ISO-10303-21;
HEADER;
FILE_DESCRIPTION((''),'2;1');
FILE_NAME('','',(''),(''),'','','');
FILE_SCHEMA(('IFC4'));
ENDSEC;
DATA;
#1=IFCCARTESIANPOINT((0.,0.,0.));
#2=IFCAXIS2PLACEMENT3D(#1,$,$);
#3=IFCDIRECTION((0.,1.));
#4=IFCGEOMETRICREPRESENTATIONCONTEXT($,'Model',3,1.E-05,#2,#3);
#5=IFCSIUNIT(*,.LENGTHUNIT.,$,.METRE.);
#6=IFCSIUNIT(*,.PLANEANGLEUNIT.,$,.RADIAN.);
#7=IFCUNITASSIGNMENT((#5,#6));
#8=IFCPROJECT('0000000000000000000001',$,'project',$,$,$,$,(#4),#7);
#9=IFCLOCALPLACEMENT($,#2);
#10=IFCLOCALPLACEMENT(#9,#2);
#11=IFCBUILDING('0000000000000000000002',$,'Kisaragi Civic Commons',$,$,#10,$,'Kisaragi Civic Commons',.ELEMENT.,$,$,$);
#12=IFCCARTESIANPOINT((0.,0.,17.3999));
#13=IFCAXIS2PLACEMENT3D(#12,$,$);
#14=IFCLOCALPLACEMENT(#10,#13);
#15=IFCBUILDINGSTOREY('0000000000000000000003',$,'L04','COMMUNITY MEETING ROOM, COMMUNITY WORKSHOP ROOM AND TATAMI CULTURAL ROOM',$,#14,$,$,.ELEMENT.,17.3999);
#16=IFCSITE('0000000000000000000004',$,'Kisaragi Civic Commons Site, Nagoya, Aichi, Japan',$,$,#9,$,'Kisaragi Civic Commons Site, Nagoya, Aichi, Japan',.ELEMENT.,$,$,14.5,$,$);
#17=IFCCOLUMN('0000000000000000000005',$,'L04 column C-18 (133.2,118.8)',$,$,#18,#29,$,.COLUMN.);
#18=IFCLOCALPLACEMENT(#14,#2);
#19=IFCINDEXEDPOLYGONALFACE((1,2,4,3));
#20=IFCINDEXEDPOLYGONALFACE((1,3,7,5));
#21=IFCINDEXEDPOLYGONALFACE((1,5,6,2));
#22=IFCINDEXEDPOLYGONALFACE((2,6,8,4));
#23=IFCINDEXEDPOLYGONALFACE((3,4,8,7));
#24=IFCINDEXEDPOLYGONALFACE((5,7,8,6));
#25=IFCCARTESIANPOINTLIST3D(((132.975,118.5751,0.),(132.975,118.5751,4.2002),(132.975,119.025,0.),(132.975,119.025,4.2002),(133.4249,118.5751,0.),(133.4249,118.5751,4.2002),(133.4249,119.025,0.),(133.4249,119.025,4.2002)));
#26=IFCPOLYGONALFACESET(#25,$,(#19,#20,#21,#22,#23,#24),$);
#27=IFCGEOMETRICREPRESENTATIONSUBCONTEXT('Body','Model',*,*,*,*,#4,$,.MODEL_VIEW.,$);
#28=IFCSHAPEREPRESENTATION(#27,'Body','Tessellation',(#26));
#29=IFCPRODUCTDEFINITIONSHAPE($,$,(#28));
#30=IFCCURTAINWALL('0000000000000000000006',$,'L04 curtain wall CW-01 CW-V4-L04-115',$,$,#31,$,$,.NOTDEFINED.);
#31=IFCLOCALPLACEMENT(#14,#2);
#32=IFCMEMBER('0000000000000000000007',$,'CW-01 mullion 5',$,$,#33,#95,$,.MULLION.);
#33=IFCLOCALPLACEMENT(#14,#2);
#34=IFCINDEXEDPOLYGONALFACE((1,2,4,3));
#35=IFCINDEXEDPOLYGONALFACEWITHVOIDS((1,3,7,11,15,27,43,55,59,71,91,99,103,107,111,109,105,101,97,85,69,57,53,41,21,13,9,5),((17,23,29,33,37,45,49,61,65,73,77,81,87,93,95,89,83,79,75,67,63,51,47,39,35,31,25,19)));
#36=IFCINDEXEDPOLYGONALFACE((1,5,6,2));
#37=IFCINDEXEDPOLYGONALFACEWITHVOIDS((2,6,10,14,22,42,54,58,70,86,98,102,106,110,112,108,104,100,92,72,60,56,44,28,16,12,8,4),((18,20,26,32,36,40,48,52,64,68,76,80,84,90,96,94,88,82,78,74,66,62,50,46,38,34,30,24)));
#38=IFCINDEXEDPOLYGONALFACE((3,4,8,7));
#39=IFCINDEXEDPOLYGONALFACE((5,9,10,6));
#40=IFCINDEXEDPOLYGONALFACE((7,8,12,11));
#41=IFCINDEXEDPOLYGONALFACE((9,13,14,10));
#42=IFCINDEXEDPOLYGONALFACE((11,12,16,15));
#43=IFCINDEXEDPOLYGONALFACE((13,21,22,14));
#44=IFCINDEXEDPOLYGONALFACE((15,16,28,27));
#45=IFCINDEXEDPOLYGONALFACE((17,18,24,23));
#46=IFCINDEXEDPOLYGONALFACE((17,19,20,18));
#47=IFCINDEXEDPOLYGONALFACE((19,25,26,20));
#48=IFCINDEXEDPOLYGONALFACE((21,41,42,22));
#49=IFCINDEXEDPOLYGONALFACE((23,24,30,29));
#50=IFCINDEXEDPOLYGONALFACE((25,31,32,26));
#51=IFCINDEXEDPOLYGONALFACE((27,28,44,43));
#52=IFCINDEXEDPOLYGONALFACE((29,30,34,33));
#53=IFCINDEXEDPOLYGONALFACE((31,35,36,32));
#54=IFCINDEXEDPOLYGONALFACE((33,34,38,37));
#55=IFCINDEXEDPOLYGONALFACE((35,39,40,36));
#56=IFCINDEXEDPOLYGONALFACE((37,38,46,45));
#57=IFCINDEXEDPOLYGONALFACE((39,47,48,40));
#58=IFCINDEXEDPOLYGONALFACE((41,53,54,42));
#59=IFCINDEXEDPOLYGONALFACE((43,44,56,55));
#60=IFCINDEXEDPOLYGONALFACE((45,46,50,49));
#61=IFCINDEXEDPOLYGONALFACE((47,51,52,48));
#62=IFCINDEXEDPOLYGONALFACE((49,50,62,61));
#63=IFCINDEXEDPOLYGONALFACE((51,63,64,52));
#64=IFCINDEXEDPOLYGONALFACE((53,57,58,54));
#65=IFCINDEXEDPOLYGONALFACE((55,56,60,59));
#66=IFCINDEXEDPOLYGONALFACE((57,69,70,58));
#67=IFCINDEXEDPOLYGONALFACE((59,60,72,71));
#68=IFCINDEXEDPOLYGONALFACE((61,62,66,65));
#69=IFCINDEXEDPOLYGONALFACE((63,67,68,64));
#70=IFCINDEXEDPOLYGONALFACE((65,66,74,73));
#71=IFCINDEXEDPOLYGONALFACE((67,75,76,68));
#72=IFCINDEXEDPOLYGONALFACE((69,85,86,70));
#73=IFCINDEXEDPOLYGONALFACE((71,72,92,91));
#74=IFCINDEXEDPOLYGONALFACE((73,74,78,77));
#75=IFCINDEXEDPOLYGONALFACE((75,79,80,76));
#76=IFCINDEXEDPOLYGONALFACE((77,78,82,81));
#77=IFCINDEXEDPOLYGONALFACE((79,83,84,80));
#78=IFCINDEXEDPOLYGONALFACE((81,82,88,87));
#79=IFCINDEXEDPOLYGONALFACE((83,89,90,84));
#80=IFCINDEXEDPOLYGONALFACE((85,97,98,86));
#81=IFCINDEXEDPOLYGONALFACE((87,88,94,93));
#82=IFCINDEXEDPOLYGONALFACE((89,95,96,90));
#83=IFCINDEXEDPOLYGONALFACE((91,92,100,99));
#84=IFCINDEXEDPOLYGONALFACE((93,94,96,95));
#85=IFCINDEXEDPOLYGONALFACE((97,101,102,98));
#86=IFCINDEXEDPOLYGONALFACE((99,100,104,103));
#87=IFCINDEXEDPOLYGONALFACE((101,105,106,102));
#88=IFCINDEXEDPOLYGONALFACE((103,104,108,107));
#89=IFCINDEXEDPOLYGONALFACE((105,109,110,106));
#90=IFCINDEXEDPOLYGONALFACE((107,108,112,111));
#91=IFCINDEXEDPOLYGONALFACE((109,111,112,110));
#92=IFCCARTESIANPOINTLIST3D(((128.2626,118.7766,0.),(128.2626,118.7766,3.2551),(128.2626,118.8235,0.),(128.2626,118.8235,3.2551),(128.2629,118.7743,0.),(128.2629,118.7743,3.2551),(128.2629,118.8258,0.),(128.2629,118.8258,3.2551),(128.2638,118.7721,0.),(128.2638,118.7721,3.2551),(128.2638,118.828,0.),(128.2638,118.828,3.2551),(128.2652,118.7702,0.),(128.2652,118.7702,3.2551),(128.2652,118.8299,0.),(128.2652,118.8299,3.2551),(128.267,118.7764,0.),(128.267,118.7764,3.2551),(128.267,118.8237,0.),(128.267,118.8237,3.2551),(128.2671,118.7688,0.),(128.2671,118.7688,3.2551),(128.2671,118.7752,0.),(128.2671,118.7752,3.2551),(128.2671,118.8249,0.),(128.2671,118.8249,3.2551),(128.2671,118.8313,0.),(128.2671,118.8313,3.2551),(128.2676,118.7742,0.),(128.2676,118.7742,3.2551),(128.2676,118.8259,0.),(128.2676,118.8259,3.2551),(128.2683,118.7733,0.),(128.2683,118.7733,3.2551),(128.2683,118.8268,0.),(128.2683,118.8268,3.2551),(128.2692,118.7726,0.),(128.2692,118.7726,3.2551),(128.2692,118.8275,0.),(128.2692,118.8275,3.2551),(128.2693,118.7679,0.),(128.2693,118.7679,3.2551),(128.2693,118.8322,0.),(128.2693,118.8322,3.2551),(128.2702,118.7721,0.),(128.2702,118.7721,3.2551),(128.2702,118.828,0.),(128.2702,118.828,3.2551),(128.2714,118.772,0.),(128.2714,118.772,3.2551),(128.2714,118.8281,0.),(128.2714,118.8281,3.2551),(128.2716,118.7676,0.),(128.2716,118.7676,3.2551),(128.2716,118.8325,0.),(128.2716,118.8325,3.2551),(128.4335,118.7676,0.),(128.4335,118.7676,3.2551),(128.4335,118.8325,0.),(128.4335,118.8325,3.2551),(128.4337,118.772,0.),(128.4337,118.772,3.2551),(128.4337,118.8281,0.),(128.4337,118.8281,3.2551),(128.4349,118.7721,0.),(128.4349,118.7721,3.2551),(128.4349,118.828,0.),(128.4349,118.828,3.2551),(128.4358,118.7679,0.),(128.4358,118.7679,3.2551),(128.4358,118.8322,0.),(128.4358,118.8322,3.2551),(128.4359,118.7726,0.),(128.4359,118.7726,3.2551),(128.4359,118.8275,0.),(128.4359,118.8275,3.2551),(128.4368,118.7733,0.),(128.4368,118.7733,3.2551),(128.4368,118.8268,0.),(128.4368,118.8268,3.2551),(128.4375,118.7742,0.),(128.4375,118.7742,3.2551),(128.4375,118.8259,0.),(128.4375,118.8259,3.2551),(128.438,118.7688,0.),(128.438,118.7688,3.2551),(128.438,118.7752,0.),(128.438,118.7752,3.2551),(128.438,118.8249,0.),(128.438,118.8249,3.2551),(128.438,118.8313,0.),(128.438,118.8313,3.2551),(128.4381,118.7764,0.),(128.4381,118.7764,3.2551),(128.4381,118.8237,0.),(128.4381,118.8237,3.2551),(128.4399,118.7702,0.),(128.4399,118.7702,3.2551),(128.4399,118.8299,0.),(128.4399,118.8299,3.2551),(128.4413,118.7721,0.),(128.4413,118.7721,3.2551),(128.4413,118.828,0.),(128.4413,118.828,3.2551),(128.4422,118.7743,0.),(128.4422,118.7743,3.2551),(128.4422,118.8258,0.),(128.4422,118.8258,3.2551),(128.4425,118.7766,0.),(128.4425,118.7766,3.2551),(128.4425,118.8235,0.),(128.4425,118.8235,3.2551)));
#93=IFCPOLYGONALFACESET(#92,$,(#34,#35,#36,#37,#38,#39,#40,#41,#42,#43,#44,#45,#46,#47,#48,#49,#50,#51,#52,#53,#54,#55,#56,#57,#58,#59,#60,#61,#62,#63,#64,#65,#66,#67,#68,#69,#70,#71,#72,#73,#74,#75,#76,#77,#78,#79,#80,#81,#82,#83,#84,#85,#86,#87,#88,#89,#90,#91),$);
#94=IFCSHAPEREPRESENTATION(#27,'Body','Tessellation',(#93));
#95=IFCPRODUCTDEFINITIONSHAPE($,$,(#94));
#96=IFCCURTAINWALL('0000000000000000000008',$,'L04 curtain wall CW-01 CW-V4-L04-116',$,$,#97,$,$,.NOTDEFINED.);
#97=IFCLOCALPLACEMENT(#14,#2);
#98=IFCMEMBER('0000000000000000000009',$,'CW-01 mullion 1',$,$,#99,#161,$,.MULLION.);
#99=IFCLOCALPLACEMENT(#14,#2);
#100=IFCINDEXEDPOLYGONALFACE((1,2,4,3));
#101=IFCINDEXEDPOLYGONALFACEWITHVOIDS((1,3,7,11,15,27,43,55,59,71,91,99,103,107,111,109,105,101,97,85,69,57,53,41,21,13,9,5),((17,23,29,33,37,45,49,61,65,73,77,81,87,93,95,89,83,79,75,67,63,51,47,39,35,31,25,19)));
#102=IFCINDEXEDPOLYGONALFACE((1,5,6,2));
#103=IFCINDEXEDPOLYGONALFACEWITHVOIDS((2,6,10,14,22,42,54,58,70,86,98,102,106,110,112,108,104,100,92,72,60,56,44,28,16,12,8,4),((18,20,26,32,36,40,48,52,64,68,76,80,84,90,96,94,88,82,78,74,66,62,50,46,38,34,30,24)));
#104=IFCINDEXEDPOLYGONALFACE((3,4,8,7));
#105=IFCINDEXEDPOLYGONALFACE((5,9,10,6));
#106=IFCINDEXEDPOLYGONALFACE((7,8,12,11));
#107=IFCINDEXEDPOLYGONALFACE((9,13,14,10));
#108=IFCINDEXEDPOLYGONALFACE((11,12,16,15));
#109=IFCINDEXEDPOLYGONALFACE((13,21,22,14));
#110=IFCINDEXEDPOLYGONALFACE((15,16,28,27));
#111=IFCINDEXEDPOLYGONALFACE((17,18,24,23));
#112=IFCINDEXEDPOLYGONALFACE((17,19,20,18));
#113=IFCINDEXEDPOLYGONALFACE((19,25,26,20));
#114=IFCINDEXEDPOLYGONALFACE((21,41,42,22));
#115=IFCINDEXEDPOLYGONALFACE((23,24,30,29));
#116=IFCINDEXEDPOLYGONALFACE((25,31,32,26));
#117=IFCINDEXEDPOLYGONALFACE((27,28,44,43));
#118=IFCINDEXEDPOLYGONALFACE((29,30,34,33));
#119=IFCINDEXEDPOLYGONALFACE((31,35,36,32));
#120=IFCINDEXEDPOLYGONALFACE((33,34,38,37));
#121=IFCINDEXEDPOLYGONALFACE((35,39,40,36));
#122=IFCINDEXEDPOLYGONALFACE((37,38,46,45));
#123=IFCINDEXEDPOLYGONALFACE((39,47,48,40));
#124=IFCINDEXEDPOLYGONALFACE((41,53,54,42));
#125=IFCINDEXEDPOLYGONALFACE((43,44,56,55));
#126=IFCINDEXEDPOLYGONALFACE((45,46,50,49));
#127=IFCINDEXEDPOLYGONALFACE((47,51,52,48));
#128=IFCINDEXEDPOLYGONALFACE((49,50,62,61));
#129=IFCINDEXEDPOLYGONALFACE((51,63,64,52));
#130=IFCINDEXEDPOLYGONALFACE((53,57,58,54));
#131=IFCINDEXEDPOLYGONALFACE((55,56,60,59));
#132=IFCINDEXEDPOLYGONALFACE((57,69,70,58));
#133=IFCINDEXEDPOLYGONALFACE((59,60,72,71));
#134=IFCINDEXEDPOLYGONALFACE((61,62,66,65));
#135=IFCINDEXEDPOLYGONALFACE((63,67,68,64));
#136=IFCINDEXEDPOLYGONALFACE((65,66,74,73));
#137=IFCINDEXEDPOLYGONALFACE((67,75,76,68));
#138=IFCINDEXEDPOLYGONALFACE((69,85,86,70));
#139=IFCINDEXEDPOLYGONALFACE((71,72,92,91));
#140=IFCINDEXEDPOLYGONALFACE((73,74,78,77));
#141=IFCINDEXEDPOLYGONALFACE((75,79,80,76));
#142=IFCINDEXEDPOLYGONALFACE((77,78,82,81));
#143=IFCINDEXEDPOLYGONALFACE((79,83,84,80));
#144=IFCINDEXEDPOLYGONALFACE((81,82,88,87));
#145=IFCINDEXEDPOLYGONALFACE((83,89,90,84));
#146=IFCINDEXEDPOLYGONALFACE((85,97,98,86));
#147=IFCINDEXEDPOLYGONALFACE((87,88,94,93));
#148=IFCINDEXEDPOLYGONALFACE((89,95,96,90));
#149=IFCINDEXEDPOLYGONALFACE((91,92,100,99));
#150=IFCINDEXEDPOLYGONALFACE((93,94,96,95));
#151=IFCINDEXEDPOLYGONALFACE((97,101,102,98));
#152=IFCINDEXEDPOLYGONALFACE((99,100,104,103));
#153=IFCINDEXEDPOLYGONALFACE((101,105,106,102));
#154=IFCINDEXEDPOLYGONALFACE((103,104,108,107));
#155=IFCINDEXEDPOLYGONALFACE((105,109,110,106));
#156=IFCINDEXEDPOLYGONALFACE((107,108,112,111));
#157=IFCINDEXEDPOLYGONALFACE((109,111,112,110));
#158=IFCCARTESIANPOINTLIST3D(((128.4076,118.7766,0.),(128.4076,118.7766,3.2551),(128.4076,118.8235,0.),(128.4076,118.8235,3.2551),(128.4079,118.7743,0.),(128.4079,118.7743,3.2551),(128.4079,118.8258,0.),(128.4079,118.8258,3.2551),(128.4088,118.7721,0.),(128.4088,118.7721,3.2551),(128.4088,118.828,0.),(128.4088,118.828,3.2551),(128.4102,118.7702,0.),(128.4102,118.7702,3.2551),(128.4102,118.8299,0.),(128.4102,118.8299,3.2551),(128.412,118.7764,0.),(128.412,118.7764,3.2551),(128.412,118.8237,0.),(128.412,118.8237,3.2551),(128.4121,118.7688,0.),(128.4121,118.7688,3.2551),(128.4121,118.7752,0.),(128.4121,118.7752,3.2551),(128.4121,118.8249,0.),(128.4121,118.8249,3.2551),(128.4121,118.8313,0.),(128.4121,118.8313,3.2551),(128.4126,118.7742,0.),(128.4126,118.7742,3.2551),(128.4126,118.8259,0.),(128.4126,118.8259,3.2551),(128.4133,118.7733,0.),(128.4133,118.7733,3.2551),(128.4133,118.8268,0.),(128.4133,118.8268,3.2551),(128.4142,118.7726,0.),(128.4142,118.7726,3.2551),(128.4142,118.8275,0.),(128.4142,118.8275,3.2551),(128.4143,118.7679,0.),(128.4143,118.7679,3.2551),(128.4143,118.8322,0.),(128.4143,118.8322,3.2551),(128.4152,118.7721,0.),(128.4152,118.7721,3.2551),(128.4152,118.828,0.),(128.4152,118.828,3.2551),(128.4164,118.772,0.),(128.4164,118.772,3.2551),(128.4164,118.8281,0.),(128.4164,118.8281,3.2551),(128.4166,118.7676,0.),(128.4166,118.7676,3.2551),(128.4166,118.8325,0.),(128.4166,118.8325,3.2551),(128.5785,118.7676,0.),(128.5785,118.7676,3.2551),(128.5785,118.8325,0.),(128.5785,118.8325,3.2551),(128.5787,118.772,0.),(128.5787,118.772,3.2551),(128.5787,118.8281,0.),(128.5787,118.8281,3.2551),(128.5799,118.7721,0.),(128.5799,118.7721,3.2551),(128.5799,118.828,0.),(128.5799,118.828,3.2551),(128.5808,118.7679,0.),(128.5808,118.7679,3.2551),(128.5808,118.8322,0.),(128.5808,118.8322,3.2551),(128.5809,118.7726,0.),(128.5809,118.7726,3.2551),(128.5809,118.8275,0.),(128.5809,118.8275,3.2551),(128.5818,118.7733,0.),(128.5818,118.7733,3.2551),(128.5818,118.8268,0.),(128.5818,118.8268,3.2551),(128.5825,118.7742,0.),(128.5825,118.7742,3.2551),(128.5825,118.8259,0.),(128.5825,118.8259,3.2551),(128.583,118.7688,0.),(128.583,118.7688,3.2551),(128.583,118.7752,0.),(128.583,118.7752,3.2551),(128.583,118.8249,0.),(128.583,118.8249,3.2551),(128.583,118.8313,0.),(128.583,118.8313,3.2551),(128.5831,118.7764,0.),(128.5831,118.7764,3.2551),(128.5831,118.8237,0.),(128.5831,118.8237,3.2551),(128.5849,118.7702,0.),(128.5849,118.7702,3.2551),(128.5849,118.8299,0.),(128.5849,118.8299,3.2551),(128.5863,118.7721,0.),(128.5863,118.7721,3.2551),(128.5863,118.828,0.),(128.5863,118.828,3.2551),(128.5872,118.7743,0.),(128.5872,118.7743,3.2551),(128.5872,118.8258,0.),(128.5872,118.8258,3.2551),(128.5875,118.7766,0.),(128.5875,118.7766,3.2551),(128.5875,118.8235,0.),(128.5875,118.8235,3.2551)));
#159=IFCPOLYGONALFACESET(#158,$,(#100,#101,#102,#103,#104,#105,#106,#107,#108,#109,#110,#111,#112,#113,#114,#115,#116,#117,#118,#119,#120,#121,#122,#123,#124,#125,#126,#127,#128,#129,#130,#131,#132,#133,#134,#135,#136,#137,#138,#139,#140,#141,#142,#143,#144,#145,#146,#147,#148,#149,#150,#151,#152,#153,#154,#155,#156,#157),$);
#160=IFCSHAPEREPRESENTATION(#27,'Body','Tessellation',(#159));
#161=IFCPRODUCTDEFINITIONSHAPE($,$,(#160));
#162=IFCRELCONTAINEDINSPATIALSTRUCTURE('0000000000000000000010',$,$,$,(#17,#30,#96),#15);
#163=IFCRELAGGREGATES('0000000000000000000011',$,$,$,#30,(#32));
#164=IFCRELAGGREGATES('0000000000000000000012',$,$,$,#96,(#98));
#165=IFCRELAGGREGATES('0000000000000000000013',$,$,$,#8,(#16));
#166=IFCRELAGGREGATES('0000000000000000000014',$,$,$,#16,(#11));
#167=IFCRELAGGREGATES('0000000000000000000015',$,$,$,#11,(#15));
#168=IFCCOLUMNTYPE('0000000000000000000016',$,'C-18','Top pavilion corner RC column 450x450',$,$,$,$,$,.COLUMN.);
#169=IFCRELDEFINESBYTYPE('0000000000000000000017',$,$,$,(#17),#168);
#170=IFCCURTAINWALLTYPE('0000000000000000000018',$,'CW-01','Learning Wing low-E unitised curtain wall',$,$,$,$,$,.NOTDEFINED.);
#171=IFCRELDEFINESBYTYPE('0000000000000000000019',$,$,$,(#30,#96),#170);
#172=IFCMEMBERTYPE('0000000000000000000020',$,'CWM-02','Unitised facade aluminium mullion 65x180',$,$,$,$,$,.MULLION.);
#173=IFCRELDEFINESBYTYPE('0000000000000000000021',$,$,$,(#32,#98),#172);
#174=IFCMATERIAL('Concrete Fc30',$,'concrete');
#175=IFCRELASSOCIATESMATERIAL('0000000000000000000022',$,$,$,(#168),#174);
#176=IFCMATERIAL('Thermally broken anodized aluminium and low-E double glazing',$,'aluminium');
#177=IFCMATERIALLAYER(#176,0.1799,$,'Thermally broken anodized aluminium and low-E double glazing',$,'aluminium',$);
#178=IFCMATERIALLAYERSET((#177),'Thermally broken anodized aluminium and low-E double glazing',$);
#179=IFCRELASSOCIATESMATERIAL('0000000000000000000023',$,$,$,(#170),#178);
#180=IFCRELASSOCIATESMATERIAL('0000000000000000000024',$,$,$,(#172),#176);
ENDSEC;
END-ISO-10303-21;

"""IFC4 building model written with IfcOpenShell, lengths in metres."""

from ifc_helpers import new_model, si_unit, direction, frame, origin, origin_2d, place, context, subcontext, project, spatial, rectangle, hollow_rectangle, extrude, material, layer, layer_set, material_profile, profile_set, type_object, element, aggregate, save


model = new_model("IFC4")

# Units and contexts
model_context = context("Model", 3, precision=1e-05, world=origin(), true_north=direction((0.0, 1.0)))
body_context = subcontext(model_context, "Body", "Model", "MODEL_VIEW")
ifc_project = project(units=[si_unit("LENGTHUNIT", "METRE"), si_unit("PLANEANGLEUNIT", "RADIAN")], contexts=[model_context])

# Site, building, storey
site_placement = place(None, origin())
site = spatial("IfcSite", under=ifc_project, at=site_placement, Name="Kisaragi Civic Commons Site, Nagoya, Aichi, Japan", LongName="Kisaragi Civic Commons Site, Nagoya, Aichi, Japan", CompositionType="ELEMENT", RefElevation=14.5)
building_placement = place(site_placement, origin())
building = spatial("IfcBuilding", under=site, at=building_placement, Name="Kisaragi Civic Commons", LongName="Kisaragi Civic Commons", CompositionType="ELEMENT")
storey_placement = place(building_placement, frame((0.0, 0.0, 17.3999)))
storey = spatial("IfcBuildingStorey", under=building, at=storey_placement, Name="L04", Description="COMMUNITY MEETING ROOM, COMMUNITY WORKSHOP ROOM AND TATAMI CULTURAL ROOM", CompositionType="ELEMENT", Elevation=17.3999)

# Column
ifc_material_1 = material(Name="Concrete Fc30", Category="concrete")
ifc_material_profile_1 = material_profile(ifc_material_1, rectangle(XDim=0.45, YDim=0.45, at=origin_2d()), Name="RC-450x450", Category="concrete")
ifc_profile_set_1 = profile_set([ifc_material_profile_1], Name="Concrete Fc30")
column_type = type_object("IfcColumnType", Name="C-18", Description="Top pavilion corner RC column 450x450", PredefinedType="COLUMN", material=ifc_profile_set_1)
column_placement = place(storey_placement, frame((133.2, 118.8, 0.0), z_axis=(0.0, 0.0, 1.0), x_axis=(1.0, 0.0, 0.0)))
element("IfcColumn", 1, at=column_placement, inside=storey, type_object=column_type, Name="L04 column C-18 (133.2,118.8)", PredefinedType="COLUMN", context=body_context, shape_type="SweptSolid", body=[
    extrude(rectangle(XDim=0.45, YDim=0.45, at=origin_2d()), origin(), (0.0, 0.0, 1.0), 4.2002),
])

# Curtain wall, member
ifc_material_2 = material(Name="Thermally broken anodized aluminium and low-E double glazing", Category="aluminium")
ifc_layer_1 = layer(ifc_material_2, 0.1799, Name="Thermally broken anodized aluminium and low-E double glazing", Category="aluminium")
ifc_layer_set_1 = layer_set([ifc_layer_1], Name="Thermally broken anodized aluminium and low-E double glazing")
curtain_wall_type = type_object("IfcCurtainWallType", Name="CW-01", Description="Learning Wing low-E unitised curtain wall", PredefinedType="NOTDEFINED", material=ifc_layer_set_1)
curtain_wall_1_placement = place(storey_placement, origin())
curtain_wall_1 = element("IfcCurtainWall", 2, at=curtain_wall_1_placement, inside=storey, type_object=curtain_wall_type, Name="L04 curtain wall CW-01 CW-V4-L04-115", PredefinedType="NOTDEFINED")
ifc_material_profile_2 = material_profile(ifc_material_2, hollow_rectangle(XDim=0.0649, YDim=0.1799, WallThickness=0.0044, InnerFilletRadius=0.0044, OuterFilletRadius=0.009, at=origin_2d()), Name="CWM-65x180x4.5", Category="aluminium")
ifc_profile_set_2 = profile_set([ifc_material_profile_2], Name="Thermally broken anodized aluminium and low-E double glazing")
member_type_1 = type_object("IfcMemberType", Name="CWM-02", Description="Unitised facade aluminium mullion 65x180", PredefinedType="MULLION", material=ifc_profile_set_2)
member_1_placement = place(storey_placement, frame((128.3525, 118.8, 0.0), z_axis=(0.0, 0.0, 1.0), x_axis=(0.0, 1.0, 0.0)))
member_1 = element("IfcMember", 3, at=member_1_placement, type_object=member_type_1, Name="CW-01 mullion 5", PredefinedType="MULLION", context=body_context, shape_type="SweptSolid", body=[
    extrude(hollow_rectangle(XDim=0.0649, YDim=0.1799, WallThickness=0.0044, InnerFilletRadius=0.0044, OuterFilletRadius=0.009, at=origin_2d()), origin(), (0.0, 0.0, 1.0), 3.2551),
])

# Curtain wall, member
curtain_wall_2_placement = place(storey_placement, origin())
curtain_wall_2 = element("IfcCurtainWall", 4, at=curtain_wall_2_placement, inside=storey, type_object=curtain_wall_type, Name="L04 curtain wall CW-01 CW-V4-L04-116", PredefinedType="NOTDEFINED")
member_2_placement = place(storey_placement, frame((128.4976, 118.8, 0.0), z_axis=(0.0, 0.0, 1.0), x_axis=(0.0, 1.0, 0.0)))
member_2 = element("IfcMember", 5, at=member_2_placement, type_object=member_type_1, Name="CW-01 mullion 1", PredefinedType="MULLION", context=body_context, shape_type="SweptSolid", body=[
    extrude(hollow_rectangle(XDim=0.0649, YDim=0.1799, WallThickness=0.0044, InnerFilletRadius=0.0044, OuterFilletRadius=0.009, at=origin_2d()), origin(), (0.0, 0.0, 1.0), 3.2551),
])

aggregate(curtain_wall_1, [member_1])
aggregate(curtain_wall_2, [member_2])

save(model, "model.ifc")
